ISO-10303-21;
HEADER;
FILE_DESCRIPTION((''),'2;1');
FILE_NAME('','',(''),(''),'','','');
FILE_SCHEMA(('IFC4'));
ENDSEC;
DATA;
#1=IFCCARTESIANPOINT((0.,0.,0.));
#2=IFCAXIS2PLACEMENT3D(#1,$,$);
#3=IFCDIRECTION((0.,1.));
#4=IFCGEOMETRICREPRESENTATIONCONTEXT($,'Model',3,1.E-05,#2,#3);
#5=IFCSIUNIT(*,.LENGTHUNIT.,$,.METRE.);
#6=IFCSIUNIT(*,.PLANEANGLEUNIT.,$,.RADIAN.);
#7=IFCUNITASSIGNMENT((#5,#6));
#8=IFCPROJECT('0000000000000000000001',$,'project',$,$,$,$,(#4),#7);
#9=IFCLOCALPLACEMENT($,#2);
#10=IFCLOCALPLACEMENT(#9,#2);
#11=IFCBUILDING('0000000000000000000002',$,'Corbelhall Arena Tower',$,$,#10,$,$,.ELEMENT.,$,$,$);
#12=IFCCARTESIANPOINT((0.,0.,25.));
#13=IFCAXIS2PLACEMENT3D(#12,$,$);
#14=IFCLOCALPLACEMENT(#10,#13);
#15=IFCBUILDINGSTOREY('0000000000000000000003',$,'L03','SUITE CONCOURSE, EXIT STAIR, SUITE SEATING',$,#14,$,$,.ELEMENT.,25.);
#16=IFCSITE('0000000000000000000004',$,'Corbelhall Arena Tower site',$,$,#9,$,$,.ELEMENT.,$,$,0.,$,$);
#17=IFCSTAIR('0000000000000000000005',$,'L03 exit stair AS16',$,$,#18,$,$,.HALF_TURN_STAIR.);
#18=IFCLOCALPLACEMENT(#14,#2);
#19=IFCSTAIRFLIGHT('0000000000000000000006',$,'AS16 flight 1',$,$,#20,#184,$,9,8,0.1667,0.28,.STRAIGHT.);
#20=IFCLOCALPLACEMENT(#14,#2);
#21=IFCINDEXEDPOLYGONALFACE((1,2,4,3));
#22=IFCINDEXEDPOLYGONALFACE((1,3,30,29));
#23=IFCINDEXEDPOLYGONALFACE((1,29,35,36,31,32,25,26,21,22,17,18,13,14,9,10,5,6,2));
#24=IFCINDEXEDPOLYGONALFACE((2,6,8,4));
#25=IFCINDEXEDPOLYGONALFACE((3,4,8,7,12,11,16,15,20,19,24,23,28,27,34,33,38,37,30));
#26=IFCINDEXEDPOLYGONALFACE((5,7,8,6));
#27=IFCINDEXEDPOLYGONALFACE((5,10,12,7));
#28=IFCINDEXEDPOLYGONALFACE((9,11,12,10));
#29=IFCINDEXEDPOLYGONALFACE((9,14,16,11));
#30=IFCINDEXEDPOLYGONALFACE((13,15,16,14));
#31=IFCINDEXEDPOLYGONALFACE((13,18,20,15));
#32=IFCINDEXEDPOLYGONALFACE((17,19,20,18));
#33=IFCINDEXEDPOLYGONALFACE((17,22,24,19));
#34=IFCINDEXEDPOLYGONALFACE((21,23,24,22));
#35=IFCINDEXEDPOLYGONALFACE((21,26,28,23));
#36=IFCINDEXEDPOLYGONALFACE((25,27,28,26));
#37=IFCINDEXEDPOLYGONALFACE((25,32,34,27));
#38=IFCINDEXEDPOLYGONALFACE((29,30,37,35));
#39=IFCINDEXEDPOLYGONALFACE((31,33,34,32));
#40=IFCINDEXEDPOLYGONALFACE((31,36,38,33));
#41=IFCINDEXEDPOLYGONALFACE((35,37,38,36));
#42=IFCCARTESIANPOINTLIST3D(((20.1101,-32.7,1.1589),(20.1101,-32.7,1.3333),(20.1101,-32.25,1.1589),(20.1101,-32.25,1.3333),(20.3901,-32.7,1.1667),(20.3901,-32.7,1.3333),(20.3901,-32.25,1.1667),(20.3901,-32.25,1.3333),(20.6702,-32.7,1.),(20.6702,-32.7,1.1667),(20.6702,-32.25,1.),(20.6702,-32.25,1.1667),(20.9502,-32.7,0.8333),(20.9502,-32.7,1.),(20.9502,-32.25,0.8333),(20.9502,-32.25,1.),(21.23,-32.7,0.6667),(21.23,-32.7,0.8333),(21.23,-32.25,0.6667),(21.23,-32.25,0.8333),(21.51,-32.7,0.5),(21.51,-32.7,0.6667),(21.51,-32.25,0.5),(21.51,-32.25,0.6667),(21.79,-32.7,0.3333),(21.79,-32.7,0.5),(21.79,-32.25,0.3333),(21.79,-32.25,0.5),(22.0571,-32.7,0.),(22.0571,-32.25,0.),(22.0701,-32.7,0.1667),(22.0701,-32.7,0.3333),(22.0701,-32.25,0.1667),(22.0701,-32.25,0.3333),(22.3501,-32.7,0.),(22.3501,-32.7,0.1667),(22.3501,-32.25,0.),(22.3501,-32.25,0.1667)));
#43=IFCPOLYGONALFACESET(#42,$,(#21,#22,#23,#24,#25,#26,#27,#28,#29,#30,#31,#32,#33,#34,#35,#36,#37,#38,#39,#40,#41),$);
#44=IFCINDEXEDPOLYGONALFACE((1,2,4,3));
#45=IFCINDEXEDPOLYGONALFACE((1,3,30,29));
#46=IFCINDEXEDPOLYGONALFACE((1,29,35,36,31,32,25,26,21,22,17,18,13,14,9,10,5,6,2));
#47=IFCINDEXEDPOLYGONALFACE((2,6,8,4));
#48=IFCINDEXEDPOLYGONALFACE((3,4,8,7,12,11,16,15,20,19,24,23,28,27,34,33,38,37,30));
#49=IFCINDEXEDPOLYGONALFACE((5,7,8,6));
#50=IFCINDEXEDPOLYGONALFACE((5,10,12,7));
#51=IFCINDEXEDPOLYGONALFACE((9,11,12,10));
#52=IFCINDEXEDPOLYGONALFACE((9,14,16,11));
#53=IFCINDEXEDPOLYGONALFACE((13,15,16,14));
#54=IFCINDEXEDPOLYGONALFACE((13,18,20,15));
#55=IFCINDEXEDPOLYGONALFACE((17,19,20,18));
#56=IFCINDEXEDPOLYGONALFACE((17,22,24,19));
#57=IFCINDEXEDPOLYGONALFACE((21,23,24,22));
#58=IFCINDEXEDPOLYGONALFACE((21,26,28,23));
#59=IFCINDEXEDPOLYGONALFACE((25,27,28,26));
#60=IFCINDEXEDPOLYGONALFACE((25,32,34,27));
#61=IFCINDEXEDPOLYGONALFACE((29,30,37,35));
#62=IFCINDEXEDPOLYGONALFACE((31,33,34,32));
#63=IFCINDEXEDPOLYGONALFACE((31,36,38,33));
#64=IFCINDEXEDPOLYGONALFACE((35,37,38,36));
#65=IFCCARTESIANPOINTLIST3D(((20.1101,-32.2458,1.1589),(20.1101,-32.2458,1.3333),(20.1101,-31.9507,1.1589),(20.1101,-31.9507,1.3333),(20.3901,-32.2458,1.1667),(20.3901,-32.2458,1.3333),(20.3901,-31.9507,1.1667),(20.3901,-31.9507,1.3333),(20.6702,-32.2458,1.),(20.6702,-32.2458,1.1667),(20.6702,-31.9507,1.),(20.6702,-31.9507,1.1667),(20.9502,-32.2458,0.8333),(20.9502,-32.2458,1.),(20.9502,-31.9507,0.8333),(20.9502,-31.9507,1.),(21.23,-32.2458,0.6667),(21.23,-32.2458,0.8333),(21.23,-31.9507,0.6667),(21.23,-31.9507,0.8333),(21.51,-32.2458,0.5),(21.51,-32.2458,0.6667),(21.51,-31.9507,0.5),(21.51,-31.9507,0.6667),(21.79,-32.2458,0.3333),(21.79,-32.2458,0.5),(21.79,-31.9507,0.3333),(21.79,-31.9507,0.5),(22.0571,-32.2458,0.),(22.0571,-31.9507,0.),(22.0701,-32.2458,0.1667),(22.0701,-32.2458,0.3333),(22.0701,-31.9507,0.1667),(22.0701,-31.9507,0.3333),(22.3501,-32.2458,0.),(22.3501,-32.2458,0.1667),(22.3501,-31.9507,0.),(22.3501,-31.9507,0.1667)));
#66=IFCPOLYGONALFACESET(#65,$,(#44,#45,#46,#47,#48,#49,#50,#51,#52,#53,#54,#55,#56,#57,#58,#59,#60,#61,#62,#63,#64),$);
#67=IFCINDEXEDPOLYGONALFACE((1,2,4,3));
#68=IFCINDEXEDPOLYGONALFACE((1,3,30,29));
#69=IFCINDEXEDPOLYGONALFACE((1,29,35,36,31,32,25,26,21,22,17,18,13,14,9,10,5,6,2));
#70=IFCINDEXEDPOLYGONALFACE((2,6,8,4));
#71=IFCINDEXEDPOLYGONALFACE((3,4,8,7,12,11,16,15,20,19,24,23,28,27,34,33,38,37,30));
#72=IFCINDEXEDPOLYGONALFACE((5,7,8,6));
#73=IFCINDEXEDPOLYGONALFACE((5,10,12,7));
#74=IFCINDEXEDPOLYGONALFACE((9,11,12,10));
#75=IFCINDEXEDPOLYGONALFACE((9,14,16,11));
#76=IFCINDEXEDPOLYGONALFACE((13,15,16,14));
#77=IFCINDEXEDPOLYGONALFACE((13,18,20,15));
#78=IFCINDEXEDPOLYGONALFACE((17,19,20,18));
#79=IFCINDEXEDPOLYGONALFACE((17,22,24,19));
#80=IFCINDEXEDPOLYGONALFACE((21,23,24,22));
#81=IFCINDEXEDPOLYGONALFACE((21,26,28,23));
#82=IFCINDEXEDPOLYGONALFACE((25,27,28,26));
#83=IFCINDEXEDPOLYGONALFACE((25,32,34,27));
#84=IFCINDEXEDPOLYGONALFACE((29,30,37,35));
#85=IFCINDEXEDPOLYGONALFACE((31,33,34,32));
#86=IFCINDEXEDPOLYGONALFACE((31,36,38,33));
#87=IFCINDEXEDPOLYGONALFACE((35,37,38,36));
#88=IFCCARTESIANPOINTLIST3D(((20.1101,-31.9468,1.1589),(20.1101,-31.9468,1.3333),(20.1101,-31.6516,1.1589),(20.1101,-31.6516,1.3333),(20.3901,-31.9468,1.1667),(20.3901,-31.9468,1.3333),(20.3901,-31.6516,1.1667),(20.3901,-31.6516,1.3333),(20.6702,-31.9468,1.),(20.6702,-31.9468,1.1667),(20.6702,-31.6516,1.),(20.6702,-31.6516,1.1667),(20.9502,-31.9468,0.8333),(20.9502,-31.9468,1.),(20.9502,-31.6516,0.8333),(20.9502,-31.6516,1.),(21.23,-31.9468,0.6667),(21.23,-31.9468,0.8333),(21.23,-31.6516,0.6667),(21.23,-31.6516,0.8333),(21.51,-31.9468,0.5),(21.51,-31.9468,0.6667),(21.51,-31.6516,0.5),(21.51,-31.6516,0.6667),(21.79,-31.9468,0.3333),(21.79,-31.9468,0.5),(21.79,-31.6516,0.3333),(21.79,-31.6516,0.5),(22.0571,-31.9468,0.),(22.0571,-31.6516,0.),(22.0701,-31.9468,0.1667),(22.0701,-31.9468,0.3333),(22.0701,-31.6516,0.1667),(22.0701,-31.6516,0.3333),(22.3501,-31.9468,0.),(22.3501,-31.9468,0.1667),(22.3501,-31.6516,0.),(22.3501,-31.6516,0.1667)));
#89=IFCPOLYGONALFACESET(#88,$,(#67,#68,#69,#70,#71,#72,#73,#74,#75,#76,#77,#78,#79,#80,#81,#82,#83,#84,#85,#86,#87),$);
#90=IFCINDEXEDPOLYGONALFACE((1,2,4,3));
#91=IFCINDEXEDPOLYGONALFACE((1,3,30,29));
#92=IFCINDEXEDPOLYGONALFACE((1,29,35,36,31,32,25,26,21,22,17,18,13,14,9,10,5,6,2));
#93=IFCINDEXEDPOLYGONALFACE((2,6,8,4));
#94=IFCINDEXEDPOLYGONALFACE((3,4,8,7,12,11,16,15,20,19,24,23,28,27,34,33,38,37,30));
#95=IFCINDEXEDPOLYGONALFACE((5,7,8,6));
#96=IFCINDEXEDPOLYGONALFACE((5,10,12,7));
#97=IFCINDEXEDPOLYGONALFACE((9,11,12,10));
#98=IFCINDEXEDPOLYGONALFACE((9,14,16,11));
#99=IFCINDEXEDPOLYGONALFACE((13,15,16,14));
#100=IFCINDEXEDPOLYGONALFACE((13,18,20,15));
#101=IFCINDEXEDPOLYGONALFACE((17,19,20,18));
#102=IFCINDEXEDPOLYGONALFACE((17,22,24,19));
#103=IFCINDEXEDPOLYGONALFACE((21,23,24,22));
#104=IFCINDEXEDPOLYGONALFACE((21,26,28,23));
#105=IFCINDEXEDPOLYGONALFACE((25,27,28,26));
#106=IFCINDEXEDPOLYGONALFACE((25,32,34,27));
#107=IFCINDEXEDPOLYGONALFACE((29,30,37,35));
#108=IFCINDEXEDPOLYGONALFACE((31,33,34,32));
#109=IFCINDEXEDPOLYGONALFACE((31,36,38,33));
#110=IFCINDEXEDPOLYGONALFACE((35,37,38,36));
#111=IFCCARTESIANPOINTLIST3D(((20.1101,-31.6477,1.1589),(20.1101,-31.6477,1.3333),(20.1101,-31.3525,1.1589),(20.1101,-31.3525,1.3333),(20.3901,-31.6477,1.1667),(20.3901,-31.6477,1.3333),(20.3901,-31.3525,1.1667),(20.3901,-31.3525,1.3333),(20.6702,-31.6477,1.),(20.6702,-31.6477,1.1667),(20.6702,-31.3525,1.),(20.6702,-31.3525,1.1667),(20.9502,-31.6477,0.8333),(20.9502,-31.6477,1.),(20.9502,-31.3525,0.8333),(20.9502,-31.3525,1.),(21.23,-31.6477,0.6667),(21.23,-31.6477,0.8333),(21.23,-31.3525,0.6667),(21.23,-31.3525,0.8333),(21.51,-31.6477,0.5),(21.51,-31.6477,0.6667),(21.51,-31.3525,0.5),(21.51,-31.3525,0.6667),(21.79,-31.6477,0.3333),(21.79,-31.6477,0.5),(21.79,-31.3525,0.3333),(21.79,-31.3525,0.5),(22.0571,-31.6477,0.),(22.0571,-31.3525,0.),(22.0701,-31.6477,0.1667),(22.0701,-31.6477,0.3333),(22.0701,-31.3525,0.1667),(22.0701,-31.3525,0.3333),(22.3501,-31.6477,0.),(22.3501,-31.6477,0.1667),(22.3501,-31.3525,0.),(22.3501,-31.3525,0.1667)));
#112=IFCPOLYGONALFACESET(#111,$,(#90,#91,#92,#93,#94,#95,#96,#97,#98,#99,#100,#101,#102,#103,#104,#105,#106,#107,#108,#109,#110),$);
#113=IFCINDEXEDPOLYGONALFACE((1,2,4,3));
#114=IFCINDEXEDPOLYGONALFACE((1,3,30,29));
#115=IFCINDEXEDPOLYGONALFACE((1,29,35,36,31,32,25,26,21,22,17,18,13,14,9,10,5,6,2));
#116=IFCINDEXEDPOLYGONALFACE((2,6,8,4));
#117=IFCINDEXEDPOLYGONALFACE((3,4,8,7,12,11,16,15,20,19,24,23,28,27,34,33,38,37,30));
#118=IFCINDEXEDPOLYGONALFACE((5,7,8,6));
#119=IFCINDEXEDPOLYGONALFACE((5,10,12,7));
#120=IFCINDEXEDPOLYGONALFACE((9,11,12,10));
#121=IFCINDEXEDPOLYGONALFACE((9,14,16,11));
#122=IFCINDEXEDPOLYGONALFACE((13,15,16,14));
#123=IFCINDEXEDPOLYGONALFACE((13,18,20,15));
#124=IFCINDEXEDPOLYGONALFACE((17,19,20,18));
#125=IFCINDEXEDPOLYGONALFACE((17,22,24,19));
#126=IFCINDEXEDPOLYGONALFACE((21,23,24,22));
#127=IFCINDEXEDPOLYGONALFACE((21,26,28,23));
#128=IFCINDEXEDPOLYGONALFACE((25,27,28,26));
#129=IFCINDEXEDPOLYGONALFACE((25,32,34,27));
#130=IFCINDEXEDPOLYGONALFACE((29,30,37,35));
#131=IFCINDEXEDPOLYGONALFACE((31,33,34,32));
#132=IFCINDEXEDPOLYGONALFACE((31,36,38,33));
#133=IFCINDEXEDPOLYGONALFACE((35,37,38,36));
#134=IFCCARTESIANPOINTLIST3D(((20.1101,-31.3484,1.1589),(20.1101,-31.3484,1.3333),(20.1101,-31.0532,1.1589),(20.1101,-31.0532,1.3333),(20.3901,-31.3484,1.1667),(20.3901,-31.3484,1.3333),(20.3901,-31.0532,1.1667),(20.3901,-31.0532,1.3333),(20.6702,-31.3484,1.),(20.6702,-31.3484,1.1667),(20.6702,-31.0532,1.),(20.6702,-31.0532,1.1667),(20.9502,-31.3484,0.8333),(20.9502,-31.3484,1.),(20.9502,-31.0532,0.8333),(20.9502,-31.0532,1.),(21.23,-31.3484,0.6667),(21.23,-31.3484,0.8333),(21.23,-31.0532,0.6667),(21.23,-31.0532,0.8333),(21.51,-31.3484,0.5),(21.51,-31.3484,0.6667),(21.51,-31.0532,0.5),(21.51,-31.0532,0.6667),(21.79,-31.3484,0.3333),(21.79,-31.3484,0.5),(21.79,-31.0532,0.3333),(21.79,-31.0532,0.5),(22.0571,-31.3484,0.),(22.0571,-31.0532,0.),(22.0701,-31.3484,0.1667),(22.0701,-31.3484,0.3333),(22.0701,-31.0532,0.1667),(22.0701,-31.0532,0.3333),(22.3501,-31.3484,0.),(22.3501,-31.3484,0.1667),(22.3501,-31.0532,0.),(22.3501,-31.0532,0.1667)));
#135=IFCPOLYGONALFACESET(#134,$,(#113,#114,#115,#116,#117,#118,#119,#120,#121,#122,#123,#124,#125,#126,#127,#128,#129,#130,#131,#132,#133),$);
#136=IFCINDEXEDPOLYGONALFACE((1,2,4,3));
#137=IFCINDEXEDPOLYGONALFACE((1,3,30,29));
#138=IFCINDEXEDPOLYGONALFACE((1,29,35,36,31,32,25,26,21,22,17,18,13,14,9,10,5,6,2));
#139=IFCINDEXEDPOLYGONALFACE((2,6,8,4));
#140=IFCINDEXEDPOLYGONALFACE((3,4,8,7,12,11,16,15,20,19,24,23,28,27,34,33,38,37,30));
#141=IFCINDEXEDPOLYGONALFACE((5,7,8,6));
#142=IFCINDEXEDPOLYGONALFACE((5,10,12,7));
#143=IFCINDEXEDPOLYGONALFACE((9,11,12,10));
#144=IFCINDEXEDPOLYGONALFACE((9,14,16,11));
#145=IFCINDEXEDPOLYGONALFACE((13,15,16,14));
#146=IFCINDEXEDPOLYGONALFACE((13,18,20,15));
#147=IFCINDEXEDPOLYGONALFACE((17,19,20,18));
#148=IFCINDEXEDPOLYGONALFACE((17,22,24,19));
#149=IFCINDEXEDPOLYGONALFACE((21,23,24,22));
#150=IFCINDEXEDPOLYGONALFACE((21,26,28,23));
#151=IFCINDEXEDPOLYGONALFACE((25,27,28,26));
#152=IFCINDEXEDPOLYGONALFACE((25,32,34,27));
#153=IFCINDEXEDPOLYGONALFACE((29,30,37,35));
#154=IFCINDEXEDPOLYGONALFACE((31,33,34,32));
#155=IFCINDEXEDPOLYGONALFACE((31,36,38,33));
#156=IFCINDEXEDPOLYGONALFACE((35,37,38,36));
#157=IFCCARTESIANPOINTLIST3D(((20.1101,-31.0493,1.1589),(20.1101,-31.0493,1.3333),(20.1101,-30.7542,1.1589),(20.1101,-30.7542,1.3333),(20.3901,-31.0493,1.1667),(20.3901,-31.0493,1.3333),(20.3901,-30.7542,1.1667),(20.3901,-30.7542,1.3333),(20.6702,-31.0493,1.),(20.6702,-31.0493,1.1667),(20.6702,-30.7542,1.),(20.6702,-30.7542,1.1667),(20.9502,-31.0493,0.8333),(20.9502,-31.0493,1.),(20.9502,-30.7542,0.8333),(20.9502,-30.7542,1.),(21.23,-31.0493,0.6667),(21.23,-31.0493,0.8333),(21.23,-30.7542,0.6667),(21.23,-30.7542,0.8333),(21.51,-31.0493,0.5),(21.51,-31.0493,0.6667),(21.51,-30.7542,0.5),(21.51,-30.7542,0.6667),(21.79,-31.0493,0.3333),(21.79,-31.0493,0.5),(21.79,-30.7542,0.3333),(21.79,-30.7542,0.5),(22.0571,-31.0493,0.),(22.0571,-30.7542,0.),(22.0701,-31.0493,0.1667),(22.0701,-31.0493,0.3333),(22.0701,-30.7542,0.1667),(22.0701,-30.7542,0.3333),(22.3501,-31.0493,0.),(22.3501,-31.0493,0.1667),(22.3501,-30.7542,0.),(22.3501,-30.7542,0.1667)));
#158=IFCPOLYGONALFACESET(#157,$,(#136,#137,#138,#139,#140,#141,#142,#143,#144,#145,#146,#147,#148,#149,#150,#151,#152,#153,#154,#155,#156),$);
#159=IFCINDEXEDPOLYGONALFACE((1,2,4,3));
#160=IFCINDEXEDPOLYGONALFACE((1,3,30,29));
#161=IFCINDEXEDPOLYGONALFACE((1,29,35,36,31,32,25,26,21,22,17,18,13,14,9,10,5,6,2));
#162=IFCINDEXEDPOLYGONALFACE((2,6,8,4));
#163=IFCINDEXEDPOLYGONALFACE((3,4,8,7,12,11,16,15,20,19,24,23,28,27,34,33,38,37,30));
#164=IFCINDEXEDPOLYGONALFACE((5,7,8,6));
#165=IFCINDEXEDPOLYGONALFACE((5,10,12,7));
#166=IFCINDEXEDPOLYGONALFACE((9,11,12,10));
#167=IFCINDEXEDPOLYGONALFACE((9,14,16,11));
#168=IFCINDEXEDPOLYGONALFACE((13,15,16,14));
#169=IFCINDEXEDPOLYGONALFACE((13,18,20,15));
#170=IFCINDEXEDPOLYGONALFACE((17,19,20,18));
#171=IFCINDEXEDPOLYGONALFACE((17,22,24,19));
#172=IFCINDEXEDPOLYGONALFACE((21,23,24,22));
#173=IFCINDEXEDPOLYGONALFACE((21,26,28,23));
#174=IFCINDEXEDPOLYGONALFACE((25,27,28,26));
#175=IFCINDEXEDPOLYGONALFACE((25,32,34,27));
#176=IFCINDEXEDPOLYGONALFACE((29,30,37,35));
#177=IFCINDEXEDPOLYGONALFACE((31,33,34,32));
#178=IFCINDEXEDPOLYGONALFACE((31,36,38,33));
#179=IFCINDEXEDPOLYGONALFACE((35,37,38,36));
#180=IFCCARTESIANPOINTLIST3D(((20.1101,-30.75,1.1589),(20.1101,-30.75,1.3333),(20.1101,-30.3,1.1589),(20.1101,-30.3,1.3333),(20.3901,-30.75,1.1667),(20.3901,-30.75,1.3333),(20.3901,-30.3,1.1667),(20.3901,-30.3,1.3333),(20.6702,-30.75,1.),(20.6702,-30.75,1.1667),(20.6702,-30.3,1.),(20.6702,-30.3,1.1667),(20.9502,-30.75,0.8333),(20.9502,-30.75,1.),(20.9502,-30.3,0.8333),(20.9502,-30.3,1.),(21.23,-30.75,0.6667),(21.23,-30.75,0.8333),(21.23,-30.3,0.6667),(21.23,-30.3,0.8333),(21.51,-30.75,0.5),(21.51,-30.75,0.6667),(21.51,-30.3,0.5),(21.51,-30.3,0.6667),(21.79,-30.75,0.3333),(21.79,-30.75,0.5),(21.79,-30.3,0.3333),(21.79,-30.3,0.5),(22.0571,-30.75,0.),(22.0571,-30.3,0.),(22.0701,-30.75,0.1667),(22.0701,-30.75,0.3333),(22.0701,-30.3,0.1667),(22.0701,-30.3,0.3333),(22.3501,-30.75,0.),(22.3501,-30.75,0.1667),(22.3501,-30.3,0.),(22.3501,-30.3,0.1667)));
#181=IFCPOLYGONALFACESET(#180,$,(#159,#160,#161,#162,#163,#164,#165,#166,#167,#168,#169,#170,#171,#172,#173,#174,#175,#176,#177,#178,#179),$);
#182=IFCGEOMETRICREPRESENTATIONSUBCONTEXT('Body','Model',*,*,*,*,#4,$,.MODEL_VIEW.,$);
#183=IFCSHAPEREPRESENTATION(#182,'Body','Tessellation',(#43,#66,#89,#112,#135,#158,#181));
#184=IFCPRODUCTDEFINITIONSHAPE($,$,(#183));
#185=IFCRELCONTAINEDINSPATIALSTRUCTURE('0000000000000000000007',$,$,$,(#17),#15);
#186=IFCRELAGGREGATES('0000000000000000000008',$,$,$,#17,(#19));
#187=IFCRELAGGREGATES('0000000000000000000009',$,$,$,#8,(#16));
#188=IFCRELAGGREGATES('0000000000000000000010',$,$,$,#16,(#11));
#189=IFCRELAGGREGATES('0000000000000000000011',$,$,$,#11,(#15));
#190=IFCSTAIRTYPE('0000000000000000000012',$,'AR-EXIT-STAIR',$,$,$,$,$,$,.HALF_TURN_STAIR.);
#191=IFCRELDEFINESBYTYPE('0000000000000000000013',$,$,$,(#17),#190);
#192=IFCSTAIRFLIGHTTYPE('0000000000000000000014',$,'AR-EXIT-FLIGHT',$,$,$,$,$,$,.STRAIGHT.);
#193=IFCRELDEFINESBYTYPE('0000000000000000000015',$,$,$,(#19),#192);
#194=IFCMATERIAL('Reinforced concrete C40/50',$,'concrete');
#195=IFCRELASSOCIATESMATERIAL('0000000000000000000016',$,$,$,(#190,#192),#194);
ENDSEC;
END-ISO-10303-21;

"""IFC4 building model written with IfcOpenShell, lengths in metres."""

from ifc_helpers import new_model, si_unit, direction, frame, origin, place, context, subcontext, project, spatial, polyline, outline, extrude, material, type_object, element, aggregate, save


model = new_model("IFC4")

# Units and contexts
model_context = context("Model", 3, precision=1e-05, world=origin(), true_north=direction((0.0, 1.0)))
body_context = subcontext(model_context, "Body", "Model", "MODEL_VIEW")
ifc_project = project(units=[si_unit("LENGTHUNIT", "METRE"), si_unit("PLANEANGLEUNIT", "RADIAN")], contexts=[model_context])

# Site, building, storey
site_placement = place(None, origin())
site = spatial("IfcSite", under=ifc_project, at=site_placement, Name="Corbelhall Arena Tower site", CompositionType="ELEMENT", RefElevation=0.0)
building_placement = place(site_placement, origin())
building = spatial("IfcBuilding", under=site, at=building_placement, Name="Corbelhall Arena Tower", CompositionType="ELEMENT")
storey_placement = place(building_placement, frame((0.0, 0.0, 25.0)))
storey = spatial("IfcBuildingStorey", under=building, at=storey_placement, Name="L03", Description="SUITE CONCOURSE, EXIT STAIR, SUITE SEATING", CompositionType="ELEMENT", Elevation=25.0)

# Shared definitions
ifc_material_1 = material(Name="Reinforced concrete C40/50", Category="concrete")
stair_type = type_object("IfcStairType", Name="AR-EXIT-STAIR", PredefinedType="HALF_TURN_STAIR", material=ifc_material_1)

# Shared definitions
stair_flight_type = type_object("IfcStairFlightType", Name="AR-EXIT-FLIGHT", PredefinedType="STRAIGHT", material=ifc_material_1)

# Stair, stair flight
stair_1_placement = place(storey_placement, origin())
stair_1 = element("IfcStair", 1, at=stair_1_placement, inside=storey, type_object=stair_type, Name="L03 exit stair AS16", PredefinedType="HALF_TURN_STAIR")
stair_flight_1_placement = place(storey_placement, frame((22.3501, -31.5, 0.0), z_axis=(0.0, 0.0, 1.0), x_axis=(-1.0, 0.0, 0.0)))
stair_flight_1 = element("IfcStairFlight", 2, at=stair_flight_1_placement, type_object=stair_flight_type, Name="AS16 flight 1", NumberOfRisers=9, NumberOfTreads=8, PredefinedType="STRAIGHT", RiserHeight=0.1667, TreadLength=0.28, context=body_context, shape_type="SweptSolid", body=[
    extrude(outline(polyline([(0.0, 0.0), (0.0, 0.1667), (0.28, 0.1667), (0.28, 0.3333), (0.5601, 0.3333), (0.5601, 0.5), (0.8401, 0.5), (0.8401, 0.6667), (1.1201, 0.6667), (1.1201, 0.8333), (1.3999, 0.8333), (1.3999, 1.0), (1.6799, 1.0), (1.6799, 1.1667), (1.96, 1.1667), (1.96, 1.3333), (2.24, 1.3333), (2.24, 1.5), (2.24, 1.1589), (0.293, 0.0), (0.0, 0.0)])), frame((0.0, 1.2, 0.0), z_axis=(0.0, -1.0, 0.0), x_axis=(1.0, 0.0, 0.0)), (0.0, 0.0, 1.0), 0.45),
    extrude(outline(polyline([(0.0, 0.0), (0.0, 0.1667), (0.28, 0.1667), (0.28, 0.3333), (0.5601, 0.3333), (0.5601, 0.5), (0.8401, 0.5), (0.8401, 0.6667), (1.1201, 0.6667), (1.1201, 0.8333), (1.3999, 0.8333), (1.3999, 1.0), (1.6799, 1.0), (1.6799, 1.1667), (1.96, 1.1667), (1.96, 1.3333), (2.24, 1.3333), (2.24, 1.5), (2.24, 1.1589), (0.293, 0.0), (0.0, 0.0)])), frame((0.0, 0.7458, 0.0), z_axis=(0.0, -1.0, 0.0), x_axis=(1.0, 0.0, 0.0)), (0.0, 0.0, 1.0), 0.2952),
    extrude(outline(polyline([(0.0, 0.0), (0.0, 0.1667), (0.28, 0.1667), (0.28, 0.3333), (0.5601, 0.3333), (0.5601, 0.5), (0.8401, 0.5), (0.8401, 0.6667), (1.1201, 0.6667), (1.1201, 0.8333), (1.3999, 0.8333), (1.3999, 1.0), (1.6799, 1.0), (1.6799, 1.1667), (1.96, 1.1667), (1.96, 1.3333), (2.24, 1.3333), (2.24, 1.5), (2.24, 1.1589), (0.293, 0.0), (0.0, 0.0)])), frame((0.0, 0.4468, 0.0), z_axis=(0.0, -1.0, 0.0), x_axis=(1.0, 0.0, 0.0)), (0.0, 0.0, 1.0), 0.2952),
    extrude(outline(polyline([(0.0, 0.0), (0.0, 0.1667), (0.28, 0.1667), (0.28, 0.3333), (0.5601, 0.3333), (0.5601, 0.5), (0.8401, 0.5), (0.8401, 0.6667), (1.1201, 0.6667), (1.1201, 0.8333), (1.3999, 0.8333), (1.3999, 1.0), (1.6799, 1.0), (1.6799, 1.1667), (1.96, 1.1667), (1.96, 1.3333), (2.24, 1.3333), (2.24, 1.5), (2.24, 1.1589), (0.293, 0.0), (0.0, 0.0)])), frame((0.0, 0.1477, 0.0), z_axis=(0.0, -1.0, 0.0), x_axis=(1.0, 0.0, 0.0)), (0.0, 0.0, 1.0), 0.2952),
    extrude(outline(polyline([(0.0, 0.0), (0.0, 0.1667), (0.28, 0.1667), (0.28, 0.3333), (0.5601, 0.3333), (0.5601, 0.5), (0.8401, 0.5), (0.8401, 0.6667), (1.1201, 0.6667), (1.1201, 0.8333), (1.3999, 0.8333), (1.3999, 1.0), (1.6799, 1.0), (1.6799, 1.1667), (1.96, 1.1667), (1.96, 1.3333), (2.24, 1.3333), (2.24, 1.5), (2.24, 1.1589), (0.293, 0.0), (0.0, 0.0)])), frame((0.0, -0.1516, 0.0), z_axis=(0.0, -1.0, 0.0), x_axis=(1.0, 0.0, 0.0)), (0.0, 0.0, 1.0), 0.2952),
    extrude(outline(polyline([(0.0, 0.0), (0.0, 0.1667), (0.28, 0.1667), (0.28, 0.3333), (0.5601, 0.3333), (0.5601, 0.5), (0.8401, 0.5), (0.8401, 0.6667), (1.1201, 0.6667), (1.1201, 0.8333), (1.3999, 0.8333), (1.3999, 1.0), (1.6799, 1.0), (1.6799, 1.1667), (1.96, 1.1667), (1.96, 1.3333), (2.24, 1.3333), (2.24, 1.5), (2.24, 1.1589), (0.293, 0.0), (0.0, 0.0)])), frame((0.0, -0.4507, 0.0), z_axis=(0.0, -1.0, 0.0), x_axis=(1.0, 0.0, 0.0)), (0.0, 0.0, 1.0), 0.2952),
    extrude(outline(polyline([(0.0, 0.0), (0.0, 0.1667), (0.28, 0.1667), (0.28, 0.3333), (0.5601, 0.3333), (0.5601, 0.5), (0.8401, 0.5), (0.8401, 0.6667), (1.1201, 0.6667), (1.1201, 0.8333), (1.3999, 0.8333), (1.3999, 1.0), (1.6799, 1.0), (1.6799, 1.1667), (1.96, 1.1667), (1.96, 1.3333), (2.24, 1.3333), (2.24, 1.5), (2.24, 1.1589), (0.293, 0.0), (0.0, 0.0)])), frame((0.0, -0.75, 0.0), z_axis=(0.0, -1.0, 0.0), x_axis=(1.0, 0.0, 0.0)), (0.0, 0.0, 1.0), 0.45),
])
aggregate(stair_1, [stair_flight_1])

save(model, "model.ifc")
